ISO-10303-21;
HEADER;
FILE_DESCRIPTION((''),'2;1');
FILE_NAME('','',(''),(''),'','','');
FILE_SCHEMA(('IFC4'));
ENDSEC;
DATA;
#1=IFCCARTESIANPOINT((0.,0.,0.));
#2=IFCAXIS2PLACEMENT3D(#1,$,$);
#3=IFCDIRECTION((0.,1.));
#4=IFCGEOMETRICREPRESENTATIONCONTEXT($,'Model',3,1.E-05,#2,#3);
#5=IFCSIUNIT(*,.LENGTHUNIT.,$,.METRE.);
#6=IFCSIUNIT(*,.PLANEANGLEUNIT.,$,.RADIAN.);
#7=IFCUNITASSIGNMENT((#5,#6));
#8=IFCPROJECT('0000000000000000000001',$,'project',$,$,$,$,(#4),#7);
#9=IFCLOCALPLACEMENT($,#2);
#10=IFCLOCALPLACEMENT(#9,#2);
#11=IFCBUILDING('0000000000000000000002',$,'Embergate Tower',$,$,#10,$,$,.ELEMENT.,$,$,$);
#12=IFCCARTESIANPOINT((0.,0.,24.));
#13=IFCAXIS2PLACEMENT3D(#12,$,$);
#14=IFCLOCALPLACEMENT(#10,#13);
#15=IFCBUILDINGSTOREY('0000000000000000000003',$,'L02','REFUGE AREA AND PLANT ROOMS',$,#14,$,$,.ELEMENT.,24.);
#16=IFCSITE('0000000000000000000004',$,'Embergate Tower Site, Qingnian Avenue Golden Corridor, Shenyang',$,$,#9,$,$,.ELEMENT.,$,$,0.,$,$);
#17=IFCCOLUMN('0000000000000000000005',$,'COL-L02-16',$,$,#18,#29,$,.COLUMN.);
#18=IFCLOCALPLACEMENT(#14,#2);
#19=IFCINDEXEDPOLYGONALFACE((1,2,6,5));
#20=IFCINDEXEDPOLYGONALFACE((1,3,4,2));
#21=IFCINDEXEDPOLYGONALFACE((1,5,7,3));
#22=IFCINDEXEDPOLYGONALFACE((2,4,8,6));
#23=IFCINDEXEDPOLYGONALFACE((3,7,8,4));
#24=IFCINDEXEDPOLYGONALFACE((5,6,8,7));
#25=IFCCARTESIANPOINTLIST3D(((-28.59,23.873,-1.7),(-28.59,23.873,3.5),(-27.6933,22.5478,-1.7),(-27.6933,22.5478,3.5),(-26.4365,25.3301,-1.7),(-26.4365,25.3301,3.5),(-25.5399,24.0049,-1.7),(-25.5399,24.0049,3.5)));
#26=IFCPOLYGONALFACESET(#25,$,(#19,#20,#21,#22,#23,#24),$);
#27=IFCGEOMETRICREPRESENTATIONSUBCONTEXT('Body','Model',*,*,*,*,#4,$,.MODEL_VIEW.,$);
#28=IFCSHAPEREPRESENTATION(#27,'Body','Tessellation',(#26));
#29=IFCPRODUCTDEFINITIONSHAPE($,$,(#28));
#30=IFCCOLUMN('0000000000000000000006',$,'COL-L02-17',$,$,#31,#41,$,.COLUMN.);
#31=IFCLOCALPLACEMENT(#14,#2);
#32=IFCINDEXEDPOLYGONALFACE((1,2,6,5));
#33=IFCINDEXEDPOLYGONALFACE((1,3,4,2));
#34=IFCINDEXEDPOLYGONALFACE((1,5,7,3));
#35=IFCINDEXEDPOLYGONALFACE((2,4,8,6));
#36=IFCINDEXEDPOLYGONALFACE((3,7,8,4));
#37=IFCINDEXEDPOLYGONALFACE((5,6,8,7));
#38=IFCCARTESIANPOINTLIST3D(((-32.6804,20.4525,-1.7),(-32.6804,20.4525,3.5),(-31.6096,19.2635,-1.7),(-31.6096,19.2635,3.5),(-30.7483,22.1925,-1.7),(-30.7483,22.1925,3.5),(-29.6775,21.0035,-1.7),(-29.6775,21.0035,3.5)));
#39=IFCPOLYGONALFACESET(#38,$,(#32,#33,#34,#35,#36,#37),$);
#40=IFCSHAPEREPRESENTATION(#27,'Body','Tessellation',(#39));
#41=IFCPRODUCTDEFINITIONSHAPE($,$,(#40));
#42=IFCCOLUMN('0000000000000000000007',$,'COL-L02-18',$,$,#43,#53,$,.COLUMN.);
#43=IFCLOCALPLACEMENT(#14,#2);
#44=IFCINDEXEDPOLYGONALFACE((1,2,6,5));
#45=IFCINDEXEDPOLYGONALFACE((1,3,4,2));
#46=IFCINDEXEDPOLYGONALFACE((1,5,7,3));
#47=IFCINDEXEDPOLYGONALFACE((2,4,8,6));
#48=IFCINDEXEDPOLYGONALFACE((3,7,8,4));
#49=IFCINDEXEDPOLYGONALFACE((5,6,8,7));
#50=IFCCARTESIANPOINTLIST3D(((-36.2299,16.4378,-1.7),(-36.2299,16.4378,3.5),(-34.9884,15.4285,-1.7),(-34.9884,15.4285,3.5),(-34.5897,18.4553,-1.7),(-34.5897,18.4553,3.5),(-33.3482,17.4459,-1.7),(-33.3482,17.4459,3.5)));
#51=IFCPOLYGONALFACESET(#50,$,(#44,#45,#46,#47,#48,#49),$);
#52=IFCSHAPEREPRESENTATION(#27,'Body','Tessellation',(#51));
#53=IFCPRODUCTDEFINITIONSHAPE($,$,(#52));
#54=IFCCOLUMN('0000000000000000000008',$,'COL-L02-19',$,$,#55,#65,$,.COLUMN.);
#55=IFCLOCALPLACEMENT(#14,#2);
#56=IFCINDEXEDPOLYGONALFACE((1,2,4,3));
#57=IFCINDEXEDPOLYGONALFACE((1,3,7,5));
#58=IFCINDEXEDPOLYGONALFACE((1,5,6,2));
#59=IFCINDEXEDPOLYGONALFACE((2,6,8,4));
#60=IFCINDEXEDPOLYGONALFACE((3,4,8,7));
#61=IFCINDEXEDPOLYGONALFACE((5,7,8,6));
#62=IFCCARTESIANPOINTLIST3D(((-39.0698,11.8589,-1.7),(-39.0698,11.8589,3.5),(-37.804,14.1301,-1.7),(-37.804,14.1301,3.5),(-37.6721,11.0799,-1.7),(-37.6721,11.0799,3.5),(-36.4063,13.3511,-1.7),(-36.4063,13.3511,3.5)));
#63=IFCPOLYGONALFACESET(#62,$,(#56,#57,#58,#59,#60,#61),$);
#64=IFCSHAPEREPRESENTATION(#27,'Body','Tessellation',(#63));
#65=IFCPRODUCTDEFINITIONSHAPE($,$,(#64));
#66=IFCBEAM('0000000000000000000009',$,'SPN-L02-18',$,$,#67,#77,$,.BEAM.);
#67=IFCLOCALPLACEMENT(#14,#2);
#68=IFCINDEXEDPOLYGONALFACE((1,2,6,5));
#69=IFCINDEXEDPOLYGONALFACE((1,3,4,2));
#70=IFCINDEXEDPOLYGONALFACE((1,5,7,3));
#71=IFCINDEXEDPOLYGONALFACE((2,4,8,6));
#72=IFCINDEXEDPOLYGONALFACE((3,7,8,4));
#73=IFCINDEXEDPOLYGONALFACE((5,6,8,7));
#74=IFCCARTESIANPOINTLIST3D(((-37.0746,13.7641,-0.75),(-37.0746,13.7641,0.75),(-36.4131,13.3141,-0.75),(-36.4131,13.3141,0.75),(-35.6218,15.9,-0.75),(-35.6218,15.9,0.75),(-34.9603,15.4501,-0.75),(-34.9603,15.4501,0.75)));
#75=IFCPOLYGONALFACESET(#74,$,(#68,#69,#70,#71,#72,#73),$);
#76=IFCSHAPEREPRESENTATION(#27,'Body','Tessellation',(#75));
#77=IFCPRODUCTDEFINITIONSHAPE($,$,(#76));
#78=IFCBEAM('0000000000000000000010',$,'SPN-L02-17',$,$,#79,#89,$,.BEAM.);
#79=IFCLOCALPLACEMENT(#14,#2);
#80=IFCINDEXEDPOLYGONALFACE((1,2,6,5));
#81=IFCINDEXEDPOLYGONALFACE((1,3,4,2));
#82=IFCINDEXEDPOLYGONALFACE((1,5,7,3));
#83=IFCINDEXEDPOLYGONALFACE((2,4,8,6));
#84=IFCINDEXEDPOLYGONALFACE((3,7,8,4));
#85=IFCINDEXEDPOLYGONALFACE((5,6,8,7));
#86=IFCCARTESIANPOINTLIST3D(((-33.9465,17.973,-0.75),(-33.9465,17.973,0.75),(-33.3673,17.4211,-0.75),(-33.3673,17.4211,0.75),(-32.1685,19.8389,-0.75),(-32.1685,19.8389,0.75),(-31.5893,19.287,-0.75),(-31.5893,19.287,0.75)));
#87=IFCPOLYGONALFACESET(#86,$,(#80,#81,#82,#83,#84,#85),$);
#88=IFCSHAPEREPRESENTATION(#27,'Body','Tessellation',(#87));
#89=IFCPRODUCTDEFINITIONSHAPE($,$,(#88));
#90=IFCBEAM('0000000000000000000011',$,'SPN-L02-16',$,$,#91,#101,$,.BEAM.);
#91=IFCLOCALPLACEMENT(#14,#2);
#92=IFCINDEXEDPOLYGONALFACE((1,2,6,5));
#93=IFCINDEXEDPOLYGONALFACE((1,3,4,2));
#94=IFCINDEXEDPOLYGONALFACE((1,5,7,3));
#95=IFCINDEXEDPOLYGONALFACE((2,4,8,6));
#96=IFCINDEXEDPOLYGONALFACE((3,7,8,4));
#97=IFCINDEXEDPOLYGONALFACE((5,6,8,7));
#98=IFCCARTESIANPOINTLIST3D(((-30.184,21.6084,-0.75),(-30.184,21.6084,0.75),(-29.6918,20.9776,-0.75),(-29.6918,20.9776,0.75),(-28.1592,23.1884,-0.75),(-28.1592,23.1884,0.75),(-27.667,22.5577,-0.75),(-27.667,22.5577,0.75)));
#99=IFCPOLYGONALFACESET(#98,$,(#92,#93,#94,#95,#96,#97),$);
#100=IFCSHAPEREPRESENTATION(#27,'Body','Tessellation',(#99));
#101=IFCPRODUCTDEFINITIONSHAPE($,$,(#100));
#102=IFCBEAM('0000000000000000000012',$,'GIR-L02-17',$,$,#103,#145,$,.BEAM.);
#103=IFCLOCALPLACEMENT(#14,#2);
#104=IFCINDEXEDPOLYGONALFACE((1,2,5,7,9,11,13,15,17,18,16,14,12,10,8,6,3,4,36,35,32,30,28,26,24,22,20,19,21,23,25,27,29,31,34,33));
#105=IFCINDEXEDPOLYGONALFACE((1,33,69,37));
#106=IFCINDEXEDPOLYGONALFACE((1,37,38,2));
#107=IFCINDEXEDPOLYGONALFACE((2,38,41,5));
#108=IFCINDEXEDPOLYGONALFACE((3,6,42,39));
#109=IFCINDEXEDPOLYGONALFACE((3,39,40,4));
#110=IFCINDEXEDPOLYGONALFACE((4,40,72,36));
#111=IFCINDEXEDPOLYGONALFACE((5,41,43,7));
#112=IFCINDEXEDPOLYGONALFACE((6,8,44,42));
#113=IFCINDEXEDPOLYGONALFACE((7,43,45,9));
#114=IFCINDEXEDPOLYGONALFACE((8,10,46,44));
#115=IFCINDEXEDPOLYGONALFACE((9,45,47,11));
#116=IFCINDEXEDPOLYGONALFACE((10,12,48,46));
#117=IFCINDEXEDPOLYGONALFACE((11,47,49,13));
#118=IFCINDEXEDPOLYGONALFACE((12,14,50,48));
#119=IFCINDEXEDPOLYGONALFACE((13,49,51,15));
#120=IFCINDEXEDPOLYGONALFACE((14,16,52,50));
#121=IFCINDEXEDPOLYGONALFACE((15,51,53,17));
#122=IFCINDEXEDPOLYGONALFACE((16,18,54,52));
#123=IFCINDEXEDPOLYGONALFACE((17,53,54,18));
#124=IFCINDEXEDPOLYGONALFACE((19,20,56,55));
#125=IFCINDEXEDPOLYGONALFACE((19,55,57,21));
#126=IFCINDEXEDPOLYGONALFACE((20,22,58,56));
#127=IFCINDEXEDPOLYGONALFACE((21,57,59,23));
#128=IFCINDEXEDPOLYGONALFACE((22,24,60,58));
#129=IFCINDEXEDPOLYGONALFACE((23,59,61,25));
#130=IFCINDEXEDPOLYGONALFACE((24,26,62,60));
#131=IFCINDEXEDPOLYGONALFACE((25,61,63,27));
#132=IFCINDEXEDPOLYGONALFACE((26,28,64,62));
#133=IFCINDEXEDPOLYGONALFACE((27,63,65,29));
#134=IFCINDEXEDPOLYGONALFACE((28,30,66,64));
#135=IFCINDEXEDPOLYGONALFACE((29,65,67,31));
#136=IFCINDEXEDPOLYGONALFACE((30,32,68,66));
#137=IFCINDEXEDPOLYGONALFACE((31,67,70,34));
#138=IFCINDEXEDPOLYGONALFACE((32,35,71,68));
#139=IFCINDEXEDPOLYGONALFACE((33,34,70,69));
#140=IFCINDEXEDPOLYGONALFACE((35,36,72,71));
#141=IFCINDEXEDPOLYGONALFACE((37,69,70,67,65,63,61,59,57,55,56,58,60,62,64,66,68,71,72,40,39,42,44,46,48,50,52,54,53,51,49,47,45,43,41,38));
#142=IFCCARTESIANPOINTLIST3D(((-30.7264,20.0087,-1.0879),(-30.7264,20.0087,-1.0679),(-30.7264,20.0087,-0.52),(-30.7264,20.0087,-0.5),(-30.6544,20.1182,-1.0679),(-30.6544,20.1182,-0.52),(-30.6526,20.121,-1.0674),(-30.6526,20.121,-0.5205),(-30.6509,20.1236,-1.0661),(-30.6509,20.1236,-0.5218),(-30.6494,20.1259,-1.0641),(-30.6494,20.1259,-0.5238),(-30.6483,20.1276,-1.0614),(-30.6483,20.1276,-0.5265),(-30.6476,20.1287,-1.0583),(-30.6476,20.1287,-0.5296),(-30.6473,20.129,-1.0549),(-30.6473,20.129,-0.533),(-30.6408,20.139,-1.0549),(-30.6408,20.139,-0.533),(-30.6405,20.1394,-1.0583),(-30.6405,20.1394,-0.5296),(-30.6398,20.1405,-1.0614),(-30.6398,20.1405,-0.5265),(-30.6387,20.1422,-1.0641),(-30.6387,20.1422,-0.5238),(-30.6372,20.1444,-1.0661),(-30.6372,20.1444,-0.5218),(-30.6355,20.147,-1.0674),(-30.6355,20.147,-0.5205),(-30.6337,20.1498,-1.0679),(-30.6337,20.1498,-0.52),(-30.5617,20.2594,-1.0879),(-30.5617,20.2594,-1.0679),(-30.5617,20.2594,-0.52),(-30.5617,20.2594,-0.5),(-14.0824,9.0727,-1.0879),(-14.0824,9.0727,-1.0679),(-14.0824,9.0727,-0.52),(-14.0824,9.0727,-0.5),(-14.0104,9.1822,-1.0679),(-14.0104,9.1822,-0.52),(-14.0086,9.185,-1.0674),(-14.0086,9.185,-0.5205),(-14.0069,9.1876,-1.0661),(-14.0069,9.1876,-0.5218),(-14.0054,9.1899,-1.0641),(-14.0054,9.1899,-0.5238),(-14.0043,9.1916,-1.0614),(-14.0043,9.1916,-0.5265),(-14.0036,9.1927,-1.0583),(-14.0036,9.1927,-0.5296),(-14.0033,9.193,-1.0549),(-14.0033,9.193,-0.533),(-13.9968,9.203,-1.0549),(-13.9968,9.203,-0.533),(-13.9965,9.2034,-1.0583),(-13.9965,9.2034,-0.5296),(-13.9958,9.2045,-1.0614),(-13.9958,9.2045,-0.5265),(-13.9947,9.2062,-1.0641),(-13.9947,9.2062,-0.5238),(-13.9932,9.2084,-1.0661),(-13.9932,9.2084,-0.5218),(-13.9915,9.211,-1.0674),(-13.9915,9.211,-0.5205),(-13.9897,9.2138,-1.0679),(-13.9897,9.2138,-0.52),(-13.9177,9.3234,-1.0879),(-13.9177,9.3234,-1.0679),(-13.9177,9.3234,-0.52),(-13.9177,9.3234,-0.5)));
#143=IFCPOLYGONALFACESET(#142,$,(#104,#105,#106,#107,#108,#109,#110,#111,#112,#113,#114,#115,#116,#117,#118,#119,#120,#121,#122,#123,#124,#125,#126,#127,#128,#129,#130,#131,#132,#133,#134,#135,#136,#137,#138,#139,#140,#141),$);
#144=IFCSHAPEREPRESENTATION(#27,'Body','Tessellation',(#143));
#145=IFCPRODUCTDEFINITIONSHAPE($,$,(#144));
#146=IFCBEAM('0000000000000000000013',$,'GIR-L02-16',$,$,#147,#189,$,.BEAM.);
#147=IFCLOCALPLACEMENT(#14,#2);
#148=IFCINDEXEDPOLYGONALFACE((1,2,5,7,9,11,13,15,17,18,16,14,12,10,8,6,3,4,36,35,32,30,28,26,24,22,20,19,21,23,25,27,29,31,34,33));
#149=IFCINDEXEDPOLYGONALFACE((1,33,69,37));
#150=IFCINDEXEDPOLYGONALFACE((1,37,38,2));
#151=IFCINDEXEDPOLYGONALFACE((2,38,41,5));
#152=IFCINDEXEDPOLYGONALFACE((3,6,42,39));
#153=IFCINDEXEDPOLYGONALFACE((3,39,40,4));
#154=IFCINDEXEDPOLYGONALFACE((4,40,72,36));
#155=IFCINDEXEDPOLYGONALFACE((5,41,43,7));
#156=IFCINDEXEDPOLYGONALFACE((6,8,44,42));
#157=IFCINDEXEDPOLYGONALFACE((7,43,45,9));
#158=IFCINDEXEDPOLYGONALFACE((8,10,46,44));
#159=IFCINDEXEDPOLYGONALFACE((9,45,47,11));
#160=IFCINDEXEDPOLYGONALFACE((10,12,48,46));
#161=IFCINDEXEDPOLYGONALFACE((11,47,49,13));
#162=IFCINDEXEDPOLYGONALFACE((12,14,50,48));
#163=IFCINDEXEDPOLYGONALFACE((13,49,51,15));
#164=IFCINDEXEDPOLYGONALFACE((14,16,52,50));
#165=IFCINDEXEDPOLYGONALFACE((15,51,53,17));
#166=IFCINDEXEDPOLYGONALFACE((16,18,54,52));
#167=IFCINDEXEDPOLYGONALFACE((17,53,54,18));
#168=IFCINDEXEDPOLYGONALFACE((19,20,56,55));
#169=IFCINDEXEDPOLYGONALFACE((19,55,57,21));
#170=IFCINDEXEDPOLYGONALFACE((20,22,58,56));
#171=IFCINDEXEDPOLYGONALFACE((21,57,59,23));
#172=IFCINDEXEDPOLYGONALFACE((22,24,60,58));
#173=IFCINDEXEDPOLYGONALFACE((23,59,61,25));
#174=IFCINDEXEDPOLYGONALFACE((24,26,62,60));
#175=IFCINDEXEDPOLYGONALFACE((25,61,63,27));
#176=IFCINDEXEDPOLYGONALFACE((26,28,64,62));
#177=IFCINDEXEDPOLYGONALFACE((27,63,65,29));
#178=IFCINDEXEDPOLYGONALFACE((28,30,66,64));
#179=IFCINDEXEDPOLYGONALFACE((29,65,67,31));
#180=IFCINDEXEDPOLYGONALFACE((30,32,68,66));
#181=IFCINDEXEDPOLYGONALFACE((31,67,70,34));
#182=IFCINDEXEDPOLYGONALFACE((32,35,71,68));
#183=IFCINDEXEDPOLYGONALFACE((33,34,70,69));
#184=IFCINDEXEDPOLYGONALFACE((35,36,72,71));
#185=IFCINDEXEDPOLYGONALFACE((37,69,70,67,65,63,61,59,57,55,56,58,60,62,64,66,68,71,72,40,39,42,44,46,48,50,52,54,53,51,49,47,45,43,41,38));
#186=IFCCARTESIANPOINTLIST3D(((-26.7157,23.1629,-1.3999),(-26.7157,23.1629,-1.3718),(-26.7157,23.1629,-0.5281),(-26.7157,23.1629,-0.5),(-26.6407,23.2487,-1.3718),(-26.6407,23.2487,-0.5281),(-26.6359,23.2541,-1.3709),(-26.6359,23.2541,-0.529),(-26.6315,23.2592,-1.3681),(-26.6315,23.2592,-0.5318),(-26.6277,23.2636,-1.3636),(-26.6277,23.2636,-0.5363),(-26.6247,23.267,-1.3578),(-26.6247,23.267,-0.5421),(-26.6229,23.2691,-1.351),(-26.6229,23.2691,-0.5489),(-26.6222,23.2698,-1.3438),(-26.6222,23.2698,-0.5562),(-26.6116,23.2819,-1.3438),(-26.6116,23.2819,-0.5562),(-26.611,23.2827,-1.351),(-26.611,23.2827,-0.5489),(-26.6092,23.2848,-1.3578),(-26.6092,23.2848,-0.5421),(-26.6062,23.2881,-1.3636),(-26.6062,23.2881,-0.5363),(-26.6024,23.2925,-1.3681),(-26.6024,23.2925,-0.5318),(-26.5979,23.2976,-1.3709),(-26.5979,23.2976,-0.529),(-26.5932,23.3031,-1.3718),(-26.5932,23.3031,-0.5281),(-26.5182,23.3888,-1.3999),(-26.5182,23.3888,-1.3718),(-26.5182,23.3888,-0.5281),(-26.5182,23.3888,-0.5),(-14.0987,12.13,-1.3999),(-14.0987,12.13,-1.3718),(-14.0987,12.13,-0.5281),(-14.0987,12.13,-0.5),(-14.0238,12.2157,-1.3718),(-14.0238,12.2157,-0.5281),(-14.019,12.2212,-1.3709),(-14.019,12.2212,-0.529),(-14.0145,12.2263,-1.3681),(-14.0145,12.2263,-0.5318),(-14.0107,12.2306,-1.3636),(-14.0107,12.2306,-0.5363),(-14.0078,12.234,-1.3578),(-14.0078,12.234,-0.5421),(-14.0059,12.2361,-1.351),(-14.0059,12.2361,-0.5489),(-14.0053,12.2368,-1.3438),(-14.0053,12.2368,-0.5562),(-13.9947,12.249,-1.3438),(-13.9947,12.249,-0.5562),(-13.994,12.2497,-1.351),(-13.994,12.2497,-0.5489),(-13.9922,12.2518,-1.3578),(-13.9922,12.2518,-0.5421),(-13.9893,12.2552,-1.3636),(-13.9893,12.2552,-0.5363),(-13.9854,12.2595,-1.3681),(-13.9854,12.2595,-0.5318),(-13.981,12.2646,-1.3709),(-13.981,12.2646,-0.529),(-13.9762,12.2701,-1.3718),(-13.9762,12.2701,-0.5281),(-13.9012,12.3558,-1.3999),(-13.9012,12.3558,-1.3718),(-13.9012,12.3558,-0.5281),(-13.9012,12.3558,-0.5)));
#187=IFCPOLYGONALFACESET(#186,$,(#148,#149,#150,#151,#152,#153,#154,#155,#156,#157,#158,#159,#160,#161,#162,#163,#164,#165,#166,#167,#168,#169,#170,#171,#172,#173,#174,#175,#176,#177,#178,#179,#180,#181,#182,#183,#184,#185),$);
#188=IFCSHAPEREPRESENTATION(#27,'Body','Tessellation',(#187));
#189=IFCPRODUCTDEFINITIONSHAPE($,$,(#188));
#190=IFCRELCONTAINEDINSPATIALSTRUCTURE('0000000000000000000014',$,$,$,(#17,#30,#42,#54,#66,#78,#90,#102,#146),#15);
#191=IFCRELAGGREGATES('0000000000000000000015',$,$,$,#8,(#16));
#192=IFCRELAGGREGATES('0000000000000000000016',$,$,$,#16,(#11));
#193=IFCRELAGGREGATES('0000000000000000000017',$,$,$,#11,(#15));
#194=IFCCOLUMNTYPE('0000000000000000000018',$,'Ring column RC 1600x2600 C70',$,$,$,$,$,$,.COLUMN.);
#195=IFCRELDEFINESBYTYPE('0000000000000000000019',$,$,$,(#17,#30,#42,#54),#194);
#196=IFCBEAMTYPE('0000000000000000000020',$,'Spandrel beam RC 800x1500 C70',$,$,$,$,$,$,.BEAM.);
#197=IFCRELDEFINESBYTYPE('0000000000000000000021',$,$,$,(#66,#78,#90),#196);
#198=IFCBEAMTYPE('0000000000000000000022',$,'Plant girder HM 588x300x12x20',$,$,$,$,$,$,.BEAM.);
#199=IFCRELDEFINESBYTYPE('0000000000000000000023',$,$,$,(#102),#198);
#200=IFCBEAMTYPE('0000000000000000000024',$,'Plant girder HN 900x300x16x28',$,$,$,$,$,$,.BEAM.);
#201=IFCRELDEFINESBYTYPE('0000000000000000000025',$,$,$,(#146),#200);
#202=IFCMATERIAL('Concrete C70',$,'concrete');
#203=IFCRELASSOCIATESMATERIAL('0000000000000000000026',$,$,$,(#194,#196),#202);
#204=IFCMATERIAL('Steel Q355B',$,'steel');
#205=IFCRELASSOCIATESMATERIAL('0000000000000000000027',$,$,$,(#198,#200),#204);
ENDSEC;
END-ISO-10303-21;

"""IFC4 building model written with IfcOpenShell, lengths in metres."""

from ifc_helpers import new_model, si_unit, direction, frame, origin, origin_2d, place, context, subcontext, project, spatial, rectangle, i_section, extrude, source, transform, mapped, material, material_profile, profile_set, type_object, element, save


model = new_model("IFC4")

# Units and contexts
model_context = context("Model", 3, precision=1e-05, world=origin(), true_north=direction((0.0, 1.0)))
body_context = subcontext(model_context, "Body", "Model", "MODEL_VIEW")
ifc_project = project(units=[si_unit("LENGTHUNIT", "METRE"), si_unit("PLANEANGLEUNIT", "RADIAN")], contexts=[model_context])

# Site, building, storey
site_placement = place(None, origin())
site = spatial("IfcSite", under=ifc_project, at=site_placement, Name="Embergate Tower Site, Qingnian Avenue Golden Corridor, Shenyang", CompositionType="ELEMENT", RefElevation=0.0)
building_placement = place(site_placement, origin())
building = spatial("IfcBuilding", under=site, at=building_placement, Name="Embergate Tower", CompositionType="ELEMENT")
storey_placement = place(building_placement, frame((0.0, 0.0, 24.0)))
storey = spatial("IfcBuildingStorey", under=building, at=storey_placement, Name="L02", Description="REFUGE AREA AND PLANT ROOMS", CompositionType="ELEMENT", Elevation=24.0)

# Columns
ifc_material_1 = material(Name="Concrete C70", Category="concrete")
ifc_material_profile_1 = material_profile(ifc_material_1, rectangle(XDim=1.6001, YDim=2.6001, at=origin_2d()), Name="RC 1600x2600")
ifc_profile_set_1 = profile_set([ifc_material_profile_1], Name="Concrete C70")
column_type = type_object("IfcColumnType", Name="Ring column RC 1600x2600 C70", PredefinedType="COLUMN", material=ifc_profile_set_1)
shared_shape_1 = source(origin(), body_context, "Body", "SweptSolid", [
    extrude(rectangle(XDim=1.6001, YDim=2.6001, at=origin_2d()), origin(), (0.0, 0.0, 1.0), 5.2),
])
for number, where, z_axis, x_axis, name in (
    (1, (-27.0649, 23.939, -1.7), (0.0, 0.0, 1.0), (-0.560393, 0.828227, 0.0), "COL-L02-16"),
    (2, (-31.179, 20.728, -1.7), (0.0, 0.0, 1.0), (-0.669208, 0.743075, 0.0), "COL-L02-17"),
    (3, (-34.7891, 16.9419, -1.7), (0.0, 0.0, 1.0), (-0.775925, 0.630825, 0.0), "COL-L02-18"),
    (4, (-37.738, 12.605, -1.7), (0.0, 0.0, 1.0), (-0.873492, 0.486839, 0.0), "COL-L02-19"),
):
    element("IfcColumn", number, at=place(storey_placement, frame(where, z_axis=z_axis, x_axis=x_axis)), inside=storey, type_object=column_type, Name=name, PredefinedType="COLUMN", context=body_context, shape_type="MappedRepresentation", body=[
        mapped(shared_shape_1, transform((0.0, 0.0, 0.0))),
    ])

# Beams
ifc_material_profile_2 = material_profile(ifc_material_1, rectangle(XDim=0.8, YDim=1.5, at=origin_2d()), Name="RC 800x1500")
ifc_profile_set_2 = profile_set([ifc_material_profile_2], Name="Concrete C70")
beam_type_1 = type_object("IfcBeamType", Name="Spandrel beam RC 800x1500 C70", PredefinedType="BEAM", material=ifc_profile_set_2)
shared_shape_2 = source(origin(), body_context, "Body", "SweptSolid", [
    extrude(rectangle(XDim=0.8, YDim=1.5, at=origin_2d()), origin(), (0.0, 0.0, 1.0), 2.5833),
])
beam_1_placement = place(storey_placement, frame((-35.291, 15.675, 0.0), z_axis=(-0.562419, -0.826853, 0.0), x_axis=(0.826853, -0.562419, 0.0)))
element("IfcBeam", 5, at=beam_1_placement, inside=storey, type_object=beam_type_1, Name="SPN-L02-18", PredefinedType="BEAM", context=body_context, shape_type="MappedRepresentation", body=[
    mapped(shared_shape_2, transform((0.0, 0.0, 0.0))),
])
shared_shape_3 = source(origin(), body_context, "Body", "SweptSolid", [
    extrude(rectangle(XDim=0.8, YDim=1.5, at=origin_2d()), origin(), (0.0, 0.0, 1.0), 2.5774),
])
beam_2_placement = place(storey_placement, frame((-31.8789, 19.563, 0.0), z_axis=(-0.689851, -0.723951, 0.0), x_axis=(0.723951, -0.689851, 0.0)))
element("IfcBeam", 6, at=beam_2_placement, inside=storey, type_object=beam_type_1, Name="SPN-L02-17", PredefinedType="BEAM", context=body_context, shape_type="MappedRepresentation", body=[
    mapped(shared_shape_3, transform((0.0, 0.0, 0.0))),
])
shared_shape_4 = source(origin(), body_context, "Body", "SweptSolid", [
    extrude(rectangle(XDim=0.8, YDim=1.5, at=origin_2d()), origin(), (0.0, 0.0, 1.0), 2.5684),
])
beam_3_placement = place(storey_placement, frame((-27.9131, 22.873, 0.0), z_axis=(-0.788379, -0.61519, 0.0), x_axis=(0.61519, -0.788379, 0.0)))
element("IfcBeam", 7, at=beam_3_placement, inside=storey, type_object=beam_type_1, Name="SPN-L02-16", PredefinedType="BEAM", context=body_context, shape_type="MappedRepresentation", body=[
    mapped(shared_shape_4, transform((0.0, 0.0, 0.0))),
])
ifc_material_2 = material(Name="Steel Q355B", Category="steel")
ifc_material_profile_3 = material_profile(ifc_material_2, i_section(OverallWidth=0.3, OverallDepth=0.5879, WebThickness=0.012, FlangeThickness=0.02, FilletRadius=0.0129, at=origin_2d()), Name="HM 588x300x12x20")
ifc_profile_set_3 = profile_set([ifc_material_profile_3], Name="Steel Q355 grade B")
beam_type_2 = type_object("IfcBeamType", Name="Plant girder HM 588x300x12x20", PredefinedType="BEAM", material=ifc_profile_set_3)
shared_shape_5 = source(origin(), body_context, "Body", "SweptSolid", [
    extrude(i_section(OverallWidth=0.3, OverallDepth=0.5879, WebThickness=0.012, FlangeThickness=0.02, FilletRadius=0.0129, at=origin_2d()), origin(), (0.0, 0.0, 1.0), 19.9153),
])
beam_4_placement = place(storey_placement, frame((-30.644, 20.134, -0.7939), z_axis=(0.83574, -0.549126, 0.0), x_axis=(0.549126, 0.83574, 0.0)))
element("IfcBeam", 8, at=beam_4_placement, inside=storey, type_object=beam_type_2, Name="GIR-L02-17", PredefinedType="BEAM", context=body_context, shape_type="MappedRepresentation", body=[
    mapped(shared_shape_5, transform((0.0, 0.0, 0.0))),
])
ifc_material_profile_4 = material_profile(ifc_material_2, i_section(OverallWidth=0.3, OverallDepth=0.8999, WebThickness=0.0161, FlangeThickness=0.0281, FilletRadius=0.0281, at=origin_2d()), Name="HN 900x300x16x28")
ifc_profile_set_4 = profile_set([ifc_material_profile_4], Name="Steel Q355 grade B")
beam_type_3 = type_object("IfcBeamType", Name="Plant girder HN 900x300x16x28", PredefinedType="BEAM", material=ifc_profile_set_4)
shared_shape_6 = source(origin(), body_context, "Body", "SweptSolid", [
    extrude(i_section(OverallWidth=0.3, OverallDepth=0.8999, WebThickness=0.0161, FlangeThickness=0.0281, FilletRadius=0.0281, at=origin_2d()), origin(), (0.0, 0.0, 1.0), 16.7605),
])
beam_5_placement = place(storey_placement, frame((-26.6169, 23.2759, -0.95), z_axis=(0.75278, -0.658273, 0.0), x_axis=(0.658273, 0.75278, 0.0)))
element("IfcBeam", 9, at=beam_5_placement, inside=storey, type_object=beam_type_3, Name="GIR-L02-16", PredefinedType="BEAM", context=body_context, shape_type="MappedRepresentation", body=[
    mapped(shared_shape_6, transform((0.0, 0.0, 0.0))),
])

save(model, "model.ifc")
